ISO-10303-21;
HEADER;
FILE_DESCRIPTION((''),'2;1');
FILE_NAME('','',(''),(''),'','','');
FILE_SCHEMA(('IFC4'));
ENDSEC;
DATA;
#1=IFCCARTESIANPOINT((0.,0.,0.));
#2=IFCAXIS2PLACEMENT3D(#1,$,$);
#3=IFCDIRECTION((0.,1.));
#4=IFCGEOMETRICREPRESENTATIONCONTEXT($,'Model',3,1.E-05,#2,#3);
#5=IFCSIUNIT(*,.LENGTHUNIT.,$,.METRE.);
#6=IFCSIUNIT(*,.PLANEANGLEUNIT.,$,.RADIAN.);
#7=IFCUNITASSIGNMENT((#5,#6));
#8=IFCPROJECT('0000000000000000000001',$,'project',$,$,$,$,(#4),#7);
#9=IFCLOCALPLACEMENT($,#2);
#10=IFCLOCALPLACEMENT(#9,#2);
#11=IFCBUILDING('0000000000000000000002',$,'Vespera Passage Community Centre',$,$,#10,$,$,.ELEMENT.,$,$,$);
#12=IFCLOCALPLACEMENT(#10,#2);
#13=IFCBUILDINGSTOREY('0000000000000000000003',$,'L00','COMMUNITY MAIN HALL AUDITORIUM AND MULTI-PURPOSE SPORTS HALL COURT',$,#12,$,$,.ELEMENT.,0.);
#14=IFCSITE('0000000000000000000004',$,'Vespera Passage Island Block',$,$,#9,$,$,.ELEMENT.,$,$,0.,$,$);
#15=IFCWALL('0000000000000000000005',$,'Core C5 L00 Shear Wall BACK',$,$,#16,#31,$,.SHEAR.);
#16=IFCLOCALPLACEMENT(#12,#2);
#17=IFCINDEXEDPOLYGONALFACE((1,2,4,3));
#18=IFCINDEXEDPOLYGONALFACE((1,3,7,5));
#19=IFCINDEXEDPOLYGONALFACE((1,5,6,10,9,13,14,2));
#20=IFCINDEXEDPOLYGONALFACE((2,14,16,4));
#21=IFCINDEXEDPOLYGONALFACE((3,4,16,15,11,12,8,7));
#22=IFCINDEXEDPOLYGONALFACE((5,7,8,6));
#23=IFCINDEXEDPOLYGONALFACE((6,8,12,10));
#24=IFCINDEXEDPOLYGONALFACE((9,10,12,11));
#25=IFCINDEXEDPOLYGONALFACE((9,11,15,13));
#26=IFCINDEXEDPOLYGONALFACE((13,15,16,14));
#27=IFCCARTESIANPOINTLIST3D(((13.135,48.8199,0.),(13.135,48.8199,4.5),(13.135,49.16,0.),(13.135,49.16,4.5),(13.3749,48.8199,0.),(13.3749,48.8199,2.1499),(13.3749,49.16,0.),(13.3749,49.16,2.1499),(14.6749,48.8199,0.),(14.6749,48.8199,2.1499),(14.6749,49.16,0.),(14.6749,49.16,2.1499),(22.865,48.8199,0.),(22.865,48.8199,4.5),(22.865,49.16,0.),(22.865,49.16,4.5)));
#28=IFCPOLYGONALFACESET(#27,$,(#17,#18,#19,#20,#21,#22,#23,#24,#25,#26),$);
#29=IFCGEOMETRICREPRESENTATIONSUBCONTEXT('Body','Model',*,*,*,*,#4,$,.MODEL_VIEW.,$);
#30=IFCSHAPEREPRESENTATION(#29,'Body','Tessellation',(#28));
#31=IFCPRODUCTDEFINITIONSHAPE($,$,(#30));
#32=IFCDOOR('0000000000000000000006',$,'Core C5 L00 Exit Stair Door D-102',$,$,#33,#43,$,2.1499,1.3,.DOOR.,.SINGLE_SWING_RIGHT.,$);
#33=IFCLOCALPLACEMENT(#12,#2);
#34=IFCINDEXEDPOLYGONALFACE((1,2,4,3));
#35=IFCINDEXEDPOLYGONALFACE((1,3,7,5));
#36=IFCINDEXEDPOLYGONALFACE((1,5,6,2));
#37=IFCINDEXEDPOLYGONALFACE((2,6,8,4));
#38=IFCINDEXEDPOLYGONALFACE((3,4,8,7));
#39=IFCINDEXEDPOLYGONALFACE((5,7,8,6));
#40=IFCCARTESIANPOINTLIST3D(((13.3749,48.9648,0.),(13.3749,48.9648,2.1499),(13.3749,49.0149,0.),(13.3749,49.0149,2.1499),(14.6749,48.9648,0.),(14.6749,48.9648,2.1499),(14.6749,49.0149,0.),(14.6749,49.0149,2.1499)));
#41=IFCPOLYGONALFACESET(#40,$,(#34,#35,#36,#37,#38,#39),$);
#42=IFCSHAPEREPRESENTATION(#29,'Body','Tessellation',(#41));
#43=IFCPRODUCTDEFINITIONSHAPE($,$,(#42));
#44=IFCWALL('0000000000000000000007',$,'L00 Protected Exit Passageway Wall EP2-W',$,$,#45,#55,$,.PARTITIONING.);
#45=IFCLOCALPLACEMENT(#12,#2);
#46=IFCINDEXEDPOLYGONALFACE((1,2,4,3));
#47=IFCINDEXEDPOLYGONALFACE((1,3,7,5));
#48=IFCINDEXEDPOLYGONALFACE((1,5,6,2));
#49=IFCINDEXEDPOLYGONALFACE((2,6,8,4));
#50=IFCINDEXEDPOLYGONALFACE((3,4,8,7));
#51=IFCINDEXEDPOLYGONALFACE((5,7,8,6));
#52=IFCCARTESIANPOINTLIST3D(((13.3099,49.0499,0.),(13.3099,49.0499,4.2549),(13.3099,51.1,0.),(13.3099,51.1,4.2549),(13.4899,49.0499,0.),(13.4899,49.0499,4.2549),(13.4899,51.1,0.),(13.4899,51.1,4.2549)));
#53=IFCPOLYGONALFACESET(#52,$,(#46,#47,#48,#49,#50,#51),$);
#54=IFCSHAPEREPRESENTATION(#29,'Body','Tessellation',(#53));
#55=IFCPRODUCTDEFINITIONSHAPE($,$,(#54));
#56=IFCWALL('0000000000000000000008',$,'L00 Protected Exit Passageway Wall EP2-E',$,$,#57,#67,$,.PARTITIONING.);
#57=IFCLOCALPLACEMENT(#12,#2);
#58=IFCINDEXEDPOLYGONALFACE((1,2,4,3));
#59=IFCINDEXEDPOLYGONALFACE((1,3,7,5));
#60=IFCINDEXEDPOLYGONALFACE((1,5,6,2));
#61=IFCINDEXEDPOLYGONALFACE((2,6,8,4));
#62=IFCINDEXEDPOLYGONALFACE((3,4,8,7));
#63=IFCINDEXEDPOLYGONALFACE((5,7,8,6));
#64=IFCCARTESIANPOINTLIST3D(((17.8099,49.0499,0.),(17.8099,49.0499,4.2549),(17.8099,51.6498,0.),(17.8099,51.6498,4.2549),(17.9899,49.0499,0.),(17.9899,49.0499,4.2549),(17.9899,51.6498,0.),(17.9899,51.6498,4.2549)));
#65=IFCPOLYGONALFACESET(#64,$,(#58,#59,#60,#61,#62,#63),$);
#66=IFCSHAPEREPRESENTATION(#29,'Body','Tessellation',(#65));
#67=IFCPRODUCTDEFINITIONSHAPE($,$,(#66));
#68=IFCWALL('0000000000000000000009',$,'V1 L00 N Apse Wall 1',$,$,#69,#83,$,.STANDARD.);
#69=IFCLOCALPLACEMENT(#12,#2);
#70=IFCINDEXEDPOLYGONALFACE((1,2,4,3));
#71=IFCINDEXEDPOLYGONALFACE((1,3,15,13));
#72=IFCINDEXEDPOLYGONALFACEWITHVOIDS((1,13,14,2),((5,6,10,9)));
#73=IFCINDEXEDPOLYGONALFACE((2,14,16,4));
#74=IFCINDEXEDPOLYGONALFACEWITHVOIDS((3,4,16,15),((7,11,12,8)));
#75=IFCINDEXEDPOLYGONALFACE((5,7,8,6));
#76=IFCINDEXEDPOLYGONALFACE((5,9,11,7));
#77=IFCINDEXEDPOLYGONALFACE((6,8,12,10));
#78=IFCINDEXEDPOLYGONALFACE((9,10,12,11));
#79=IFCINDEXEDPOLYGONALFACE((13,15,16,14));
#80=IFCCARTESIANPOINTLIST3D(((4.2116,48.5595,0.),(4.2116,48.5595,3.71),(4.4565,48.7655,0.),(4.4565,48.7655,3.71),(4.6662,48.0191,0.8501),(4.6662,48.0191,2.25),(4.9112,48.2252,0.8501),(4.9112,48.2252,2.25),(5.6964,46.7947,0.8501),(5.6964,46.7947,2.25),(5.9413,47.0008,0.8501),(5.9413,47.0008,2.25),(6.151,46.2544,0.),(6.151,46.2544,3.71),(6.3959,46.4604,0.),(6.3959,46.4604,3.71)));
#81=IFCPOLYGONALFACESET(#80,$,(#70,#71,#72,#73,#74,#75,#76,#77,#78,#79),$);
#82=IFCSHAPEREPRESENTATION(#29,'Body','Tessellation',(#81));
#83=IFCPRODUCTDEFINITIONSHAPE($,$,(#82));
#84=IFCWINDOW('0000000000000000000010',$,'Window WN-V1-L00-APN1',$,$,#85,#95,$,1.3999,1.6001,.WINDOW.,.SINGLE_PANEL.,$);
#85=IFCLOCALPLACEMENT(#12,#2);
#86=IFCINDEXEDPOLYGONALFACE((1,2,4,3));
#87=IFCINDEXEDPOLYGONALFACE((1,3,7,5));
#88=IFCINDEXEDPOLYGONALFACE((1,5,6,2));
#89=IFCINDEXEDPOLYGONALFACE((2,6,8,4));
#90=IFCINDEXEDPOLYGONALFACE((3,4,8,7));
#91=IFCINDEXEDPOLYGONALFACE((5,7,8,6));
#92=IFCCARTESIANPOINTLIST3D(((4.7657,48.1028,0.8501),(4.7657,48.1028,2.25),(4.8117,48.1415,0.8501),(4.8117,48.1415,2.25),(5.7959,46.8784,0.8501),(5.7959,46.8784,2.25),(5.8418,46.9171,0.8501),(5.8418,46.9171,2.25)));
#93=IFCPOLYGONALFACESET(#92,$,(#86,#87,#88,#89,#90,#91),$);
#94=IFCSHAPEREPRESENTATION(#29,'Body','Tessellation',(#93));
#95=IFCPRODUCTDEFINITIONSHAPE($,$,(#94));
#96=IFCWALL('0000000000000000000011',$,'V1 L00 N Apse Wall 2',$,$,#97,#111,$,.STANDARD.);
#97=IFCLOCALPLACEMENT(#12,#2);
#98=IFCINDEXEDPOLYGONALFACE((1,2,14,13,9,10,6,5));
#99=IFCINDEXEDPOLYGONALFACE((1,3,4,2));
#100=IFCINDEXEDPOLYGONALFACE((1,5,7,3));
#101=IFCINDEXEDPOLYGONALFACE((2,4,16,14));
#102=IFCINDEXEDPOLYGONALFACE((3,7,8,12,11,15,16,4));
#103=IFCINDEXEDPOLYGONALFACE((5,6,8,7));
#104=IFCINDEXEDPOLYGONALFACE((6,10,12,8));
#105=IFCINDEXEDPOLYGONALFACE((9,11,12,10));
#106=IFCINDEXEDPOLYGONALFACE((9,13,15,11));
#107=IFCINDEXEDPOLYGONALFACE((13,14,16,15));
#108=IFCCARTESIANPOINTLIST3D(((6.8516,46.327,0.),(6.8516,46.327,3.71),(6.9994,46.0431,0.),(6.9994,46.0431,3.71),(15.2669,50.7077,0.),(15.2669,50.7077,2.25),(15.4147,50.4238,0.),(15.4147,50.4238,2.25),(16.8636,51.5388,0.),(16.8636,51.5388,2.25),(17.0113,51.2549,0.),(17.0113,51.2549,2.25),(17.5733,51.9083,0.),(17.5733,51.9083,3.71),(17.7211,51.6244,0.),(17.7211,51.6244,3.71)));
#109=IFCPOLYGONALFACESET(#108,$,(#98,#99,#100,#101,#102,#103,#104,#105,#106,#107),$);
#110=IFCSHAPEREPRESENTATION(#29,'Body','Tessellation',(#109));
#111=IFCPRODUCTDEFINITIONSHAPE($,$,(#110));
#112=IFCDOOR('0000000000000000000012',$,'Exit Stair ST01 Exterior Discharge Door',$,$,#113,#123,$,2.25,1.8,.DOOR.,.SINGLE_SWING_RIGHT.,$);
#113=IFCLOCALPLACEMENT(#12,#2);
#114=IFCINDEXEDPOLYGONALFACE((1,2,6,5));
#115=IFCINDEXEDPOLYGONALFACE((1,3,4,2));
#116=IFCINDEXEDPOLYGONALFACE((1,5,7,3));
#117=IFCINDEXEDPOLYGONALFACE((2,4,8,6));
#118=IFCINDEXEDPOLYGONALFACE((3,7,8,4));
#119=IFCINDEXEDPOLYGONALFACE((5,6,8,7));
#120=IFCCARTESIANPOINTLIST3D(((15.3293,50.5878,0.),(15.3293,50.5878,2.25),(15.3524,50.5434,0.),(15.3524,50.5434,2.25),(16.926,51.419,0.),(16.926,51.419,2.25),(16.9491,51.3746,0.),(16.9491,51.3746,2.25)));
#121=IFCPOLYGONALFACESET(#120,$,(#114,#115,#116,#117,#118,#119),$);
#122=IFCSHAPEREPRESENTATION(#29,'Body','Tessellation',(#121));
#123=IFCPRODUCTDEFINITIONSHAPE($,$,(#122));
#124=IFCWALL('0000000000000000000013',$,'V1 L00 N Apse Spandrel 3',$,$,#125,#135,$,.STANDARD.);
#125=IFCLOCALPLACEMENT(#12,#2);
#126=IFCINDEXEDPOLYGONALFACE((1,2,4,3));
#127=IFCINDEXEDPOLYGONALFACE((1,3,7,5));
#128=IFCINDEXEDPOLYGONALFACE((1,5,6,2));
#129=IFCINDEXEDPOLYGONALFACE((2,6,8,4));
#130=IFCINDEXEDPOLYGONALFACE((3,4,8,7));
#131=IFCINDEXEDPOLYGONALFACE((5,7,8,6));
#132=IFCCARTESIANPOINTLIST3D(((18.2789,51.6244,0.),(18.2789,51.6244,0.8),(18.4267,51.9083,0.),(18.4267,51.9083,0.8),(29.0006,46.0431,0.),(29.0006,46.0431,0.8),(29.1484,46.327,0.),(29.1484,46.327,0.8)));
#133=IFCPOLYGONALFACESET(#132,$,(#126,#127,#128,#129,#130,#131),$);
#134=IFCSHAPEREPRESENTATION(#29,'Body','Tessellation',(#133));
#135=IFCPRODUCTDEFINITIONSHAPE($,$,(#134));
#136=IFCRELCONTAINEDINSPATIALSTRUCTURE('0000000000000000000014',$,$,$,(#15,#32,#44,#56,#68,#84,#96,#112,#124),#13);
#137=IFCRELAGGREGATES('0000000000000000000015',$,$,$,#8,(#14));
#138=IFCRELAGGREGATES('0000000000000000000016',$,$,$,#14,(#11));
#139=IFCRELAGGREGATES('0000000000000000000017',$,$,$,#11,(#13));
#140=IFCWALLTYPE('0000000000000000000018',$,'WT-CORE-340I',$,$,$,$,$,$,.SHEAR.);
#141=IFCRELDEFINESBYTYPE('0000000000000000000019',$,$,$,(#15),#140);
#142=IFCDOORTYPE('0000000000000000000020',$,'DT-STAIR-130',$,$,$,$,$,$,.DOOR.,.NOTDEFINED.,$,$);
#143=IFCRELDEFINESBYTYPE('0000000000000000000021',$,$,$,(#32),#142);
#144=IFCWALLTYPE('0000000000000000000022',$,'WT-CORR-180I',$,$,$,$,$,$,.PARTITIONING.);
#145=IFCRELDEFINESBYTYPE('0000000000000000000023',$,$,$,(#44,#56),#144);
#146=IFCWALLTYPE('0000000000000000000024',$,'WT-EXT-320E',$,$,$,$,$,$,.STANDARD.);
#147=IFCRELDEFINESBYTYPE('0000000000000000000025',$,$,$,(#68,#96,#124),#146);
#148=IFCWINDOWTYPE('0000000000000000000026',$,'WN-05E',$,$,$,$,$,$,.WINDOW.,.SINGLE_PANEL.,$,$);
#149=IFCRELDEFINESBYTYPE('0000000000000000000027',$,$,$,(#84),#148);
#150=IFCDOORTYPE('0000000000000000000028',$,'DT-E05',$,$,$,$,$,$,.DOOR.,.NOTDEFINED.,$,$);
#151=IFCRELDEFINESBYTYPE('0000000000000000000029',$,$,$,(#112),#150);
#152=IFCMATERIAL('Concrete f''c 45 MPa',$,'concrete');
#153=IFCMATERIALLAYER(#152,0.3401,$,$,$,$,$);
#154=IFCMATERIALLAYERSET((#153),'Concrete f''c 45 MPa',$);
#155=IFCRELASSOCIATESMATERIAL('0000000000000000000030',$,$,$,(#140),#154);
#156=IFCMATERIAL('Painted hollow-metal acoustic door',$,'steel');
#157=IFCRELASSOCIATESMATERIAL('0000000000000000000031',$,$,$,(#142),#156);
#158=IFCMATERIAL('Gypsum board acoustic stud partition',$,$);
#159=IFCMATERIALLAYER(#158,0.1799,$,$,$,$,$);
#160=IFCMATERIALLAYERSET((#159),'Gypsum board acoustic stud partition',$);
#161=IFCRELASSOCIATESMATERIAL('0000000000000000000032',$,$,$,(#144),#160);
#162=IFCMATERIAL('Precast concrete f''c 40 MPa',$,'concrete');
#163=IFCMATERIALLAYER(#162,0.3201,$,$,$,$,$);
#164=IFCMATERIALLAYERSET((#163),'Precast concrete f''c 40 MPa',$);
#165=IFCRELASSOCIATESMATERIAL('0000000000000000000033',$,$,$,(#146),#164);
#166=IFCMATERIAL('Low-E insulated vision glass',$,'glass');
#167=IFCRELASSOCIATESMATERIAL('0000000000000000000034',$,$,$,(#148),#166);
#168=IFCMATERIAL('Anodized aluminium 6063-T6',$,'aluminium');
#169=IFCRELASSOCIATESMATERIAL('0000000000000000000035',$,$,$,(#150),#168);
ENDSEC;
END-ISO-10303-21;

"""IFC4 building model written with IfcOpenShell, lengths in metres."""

from ifc_helpers import new_model, si_unit, direction, frame, frame_2d, origin, place, context, subcontext, project, spatial, rectangle, extrude, material, layer, layer_set, type_object, element, fill, save


model = new_model("IFC4")

# Units and contexts
model_context = context("Model", 3, precision=1e-05, world=origin(), true_north=direction((0.0, 1.0)))
body_context = subcontext(model_context, "Body", "Model", "MODEL_VIEW")
ifc_project = project(units=[si_unit("LENGTHUNIT", "METRE"), si_unit("PLANEANGLEUNIT", "RADIAN")], contexts=[model_context])

# Site, building, storey
site_placement = place(None, origin())
site = spatial("IfcSite", under=ifc_project, at=site_placement, Name="Vespera Passage Island Block", CompositionType="ELEMENT", RefElevation=0.0)
building_placement = place(site_placement, origin())
building = spatial("IfcBuilding", under=site, at=building_placement, Name="Vespera Passage Community Centre", CompositionType="ELEMENT")
storey_placement = place(building_placement, origin())
storey = spatial("IfcBuildingStorey", under=building, at=storey_placement, Name="L00", Description="COMMUNITY MAIN HALL AUDITORIUM AND MULTI-PURPOSE SPORTS HALL COURT", CompositionType="ELEMENT", Elevation=0.0)

# Wall, opening, door
ifc_material_1 = material(Name="Concrete f'c 45 MPa", Category="concrete")
ifc_layer_1 = layer(ifc_material_1, 0.3401)
ifc_layer_set_1 = layer_set([ifc_layer_1], Name="Concrete f'c 45 MPa")
wall_type_1 = type_object("IfcWallType", Name="WT-CORE-340I", PredefinedType="SHEAR", material=ifc_layer_set_1)
wall_1_placement = place(storey_placement, frame((13.135, 48.99, 0.0), z_axis=(0.0, 0.0, 1.0), x_axis=(1.0, 0.0, 0.0)))
wall_1 = element("IfcWall", 1, at=wall_1_placement, inside=storey, type_object=wall_type_1, Name="Core C5 L00 Shear Wall BACK", PredefinedType="SHEAR", context=body_context, shape_type="SweptSolid", body=[
    extrude(rectangle(XDim=9.73, YDim=0.3401, at=frame_2d((4.865, 0.0))), origin(), (0.0, 0.0, 1.0), 4.5),
])
opening_1_placement = place(wall_1_placement, frame((0.24, 0.0, 0.0)))
opening_1 = element("IfcOpeningElement", 2, at=opening_1_placement, cuts=wall_1, PredefinedType="OPENING", context=body_context, shape_type="SweptSolid", body=[
    extrude(rectangle(XDim=1.3, YDim=2.1499, at=frame_2d((0.6499, 1.075))), frame((0.0, 0.1799, 0.0), z_axis=(0.0, -1.0, 0.0), x_axis=(1.0, 0.0, 0.0)), (0.0, 0.0, 1.0), 0.3601),
])
ifc_material_2 = material(Name="Painted hollow-metal acoustic door", Category="steel")
door_type_1 = type_object("IfcDoorType", Name="DT-STAIR-130", OperationType="NOTDEFINED", PredefinedType="DOOR", material=ifc_material_2)
door_1_placement = place(opening_1_placement, origin())
door_1 = element("IfcDoor", 3, at=door_1_placement, inside=storey, type_object=door_type_1, Name="Core C5 L00 Exit Stair Door D-102", OperationType="SINGLE_SWING_RIGHT", OverallHeight=2.1499, OverallWidth=1.3, PredefinedType="DOOR", context=body_context, shape_type="SweptSolid", body=[
    extrude(rectangle(XDim=1.3, YDim=2.1499, at=frame_2d((0.6499, 1.075))), frame((0.0, 0.0249, 0.0), z_axis=(0.0, -1.0, 0.0), x_axis=(1.0, 0.0, 0.0)), (0.0, 0.0, 1.0), 0.05),
])
fill(opening_1, door_1)

# Walls
ifc_material_3 = material(Name="Gypsum board acoustic stud partition")
ifc_layer_2 = layer(ifc_material_3, 0.1799)
ifc_layer_set_2 = layer_set([ifc_layer_2], Name="Gypsum board acoustic stud partition")
wall_type_2 = type_object("IfcWallType", Name="WT-CORR-180I", PredefinedType="PARTITIONING", material=ifc_layer_set_2)
wall_2_placement = place(storey_placement, frame((13.3999, 49.05, 0.0), z_axis=(0.0, 0.0, 1.0), x_axis=(0.0, 1.0, 0.0)))
element("IfcWall", 4, at=wall_2_placement, inside=storey, type_object=wall_type_2, Name="L00 Protected Exit Passageway Wall EP2-W", PredefinedType="PARTITIONING", context=body_context, shape_type="SweptSolid", body=[
    extrude(rectangle(XDim=2.05, YDim=0.1799, at=frame_2d((1.0249, 0.0))), origin(), (0.0, 0.0, 1.0), 4.2549),
])
wall_3_placement = place(storey_placement, frame((17.8999, 49.05, 0.0), z_axis=(0.0, 0.0, 1.0), x_axis=(0.0, 1.0, 0.0)))
element("IfcWall", 5, at=wall_3_placement, inside=storey, type_object=wall_type_2, Name="L00 Protected Exit Passageway Wall EP2-E", PredefinedType="PARTITIONING", context=body_context, shape_type="SweptSolid", body=[
    extrude(rectangle(XDim=2.5999, YDim=0.1799, at=frame_2d((1.2998, 0.0))), origin(), (0.0, 0.0, 1.0), 4.2549),
])

# Wall, opening, window
ifc_material_4 = material(Name="Precast concrete f'c 40 MPa", Category="concrete")
ifc_layer_3 = layer(ifc_material_4, 0.3201)
ifc_layer_set_3 = layer_set([ifc_layer_3], Name="Precast concrete f'c 40 MPa")
wall_type_3 = type_object("IfcWallType", Name="WT-EXT-320E", PredefinedType="STANDARD", material=ifc_layer_set_3)
wall_4_placement = place(storey_placement, frame((4.334, 48.6626, 0.0), z_axis=(0.0, 0.0, 1.0), x_axis=(0.643796, -0.765197, 0.0)))
wall_4 = element("IfcWall", 6, at=wall_4_placement, inside=storey, type_object=wall_type_3, Name="V1 L00 N Apse Wall 1", PredefinedType="STANDARD", context=body_context, shape_type="SweptSolid", body=[
    extrude(rectangle(XDim=3.0125, YDim=0.3201, at=frame_2d((1.5063, 0.0))), origin(), (0.0, 0.0, 1.0), 3.71),
])
opening_2_placement = place(wall_4_placement, frame((0.7063, 0.0, 0.8501)))
opening_2 = element("IfcOpeningElement", 7, at=opening_2_placement, cuts=wall_4, PredefinedType="OPENING", context=body_context, shape_type="SweptSolid", body=[
    extrude(rectangle(XDim=1.6001, YDim=1.3999, at=frame_2d((0.8, 0.7))), frame((0.0, 0.1702, 0.0), z_axis=(0.0, -1.0, 0.0), x_axis=(1.0, 0.0, 0.0)), (0.0, 0.0, 1.0), 0.3401),
])
ifc_material_5 = material(Name="Low-E insulated vision glass", Category="glass")
window_type = type_object("IfcWindowType", Name="WN-05E", PartitioningType="SINGLE_PANEL", PredefinedType="WINDOW", material=ifc_material_5)
window_placement = place(opening_2_placement, origin())
window = element("IfcWindow", 8, at=window_placement, inside=storey, type_object=window_type, Name="Window WN-V1-L00-APN1", OverallHeight=1.3999, OverallWidth=1.6001, PartitioningType="SINGLE_PANEL", PredefinedType="WINDOW", context=body_context, shape_type="SweptSolid", body=[
    extrude(rectangle(XDim=1.6001, YDim=1.3999, at=frame_2d((0.8, 0.7))), frame((0.0, 0.03, 0.0), z_axis=(0.0, -1.0, 0.0), x_axis=(1.0, 0.0, 0.0)), (0.0, 0.0, 1.0), 0.0601),
])
fill(opening_2, window)

# Wall, opening, door
wall_5_placement = place(storey_placement, frame((6.9255, 46.1851, 0.0), z_axis=(0.0, 0.0, 1.0), x_axis=(0.887013, 0.461745, 0.0)))
wall_5 = element("IfcWall", 9, at=wall_5_placement, inside=storey, type_object=wall_type_3, Name="V1 L00 N Apse Wall 2", PredefinedType="STANDARD", context=body_context, shape_type="SweptSolid", body=[
    extrude(rectangle(XDim=12.0874, YDim=0.3201, at=frame_2d((6.0437, 0.0))), origin(), (0.0, 0.0, 1.0), 3.71),
])
opening_3_placement = place(wall_5_placement, frame((9.4873, 0.0, 0.0)))
opening_3 = element("IfcOpeningElement", 10, at=opening_3_placement, cuts=wall_5, PredefinedType="OPENING", context=body_context, shape_type="SweptSolid", body=[
    extrude(rectangle(XDim=1.8, YDim=2.25, at=frame_2d((0.8999, 1.125))), frame((0.0, 0.1702, 0.0), z_axis=(0.0, -1.0, 0.0), x_axis=(1.0, 0.0, 0.0)), (0.0, 0.0, 1.0), 0.3401),
])
ifc_material_6 = material(Name="Anodized aluminium 6063-T6", Category="aluminium")
door_type_2 = type_object("IfcDoorType", Name="DT-E05", OperationType="NOTDEFINED", PredefinedType="DOOR", material=ifc_material_6)
door_2_placement = place(opening_3_placement, origin())
door_2 = element("IfcDoor", 11, at=door_2_placement, inside=storey, type_object=door_type_2, Name="Exit Stair ST01 Exterior Discharge Door", OperationType="SINGLE_SWING_RIGHT", OverallHeight=2.25, OverallWidth=1.8, PredefinedType="DOOR", context=body_context, shape_type="SweptSolid", body=[
    extrude(rectangle(XDim=1.8, YDim=2.25, at=frame_2d((0.8999, 1.125))), frame((0.0, 0.0249, 0.0), z_axis=(0.0, -1.0, 0.0), x_axis=(1.0, 0.0, 0.0)), (0.0, 0.0, 1.0), 0.05),
])
fill(opening_3, door_2)

# Wall
wall_6_placement = place(storey_placement, frame((18.3528, 51.7664, 0.0), z_axis=(0.0, 0.0, 1.0), x_axis=(0.887013, -0.461745, 0.0)))
element("IfcWall", 12, at=wall_6_placement, inside=storey, type_object=wall_type_3, Name="V1 L00 N Apse Spandrel 3", PredefinedType="STANDARD", context=body_context, shape_type="SweptSolid", body=[
    extrude(rectangle(XDim=12.0874, YDim=0.3201, at=frame_2d((6.0437, 0.0))), origin(), (0.0, 0.0, 1.0), 0.8),
])

save(model, "model.ifc")
